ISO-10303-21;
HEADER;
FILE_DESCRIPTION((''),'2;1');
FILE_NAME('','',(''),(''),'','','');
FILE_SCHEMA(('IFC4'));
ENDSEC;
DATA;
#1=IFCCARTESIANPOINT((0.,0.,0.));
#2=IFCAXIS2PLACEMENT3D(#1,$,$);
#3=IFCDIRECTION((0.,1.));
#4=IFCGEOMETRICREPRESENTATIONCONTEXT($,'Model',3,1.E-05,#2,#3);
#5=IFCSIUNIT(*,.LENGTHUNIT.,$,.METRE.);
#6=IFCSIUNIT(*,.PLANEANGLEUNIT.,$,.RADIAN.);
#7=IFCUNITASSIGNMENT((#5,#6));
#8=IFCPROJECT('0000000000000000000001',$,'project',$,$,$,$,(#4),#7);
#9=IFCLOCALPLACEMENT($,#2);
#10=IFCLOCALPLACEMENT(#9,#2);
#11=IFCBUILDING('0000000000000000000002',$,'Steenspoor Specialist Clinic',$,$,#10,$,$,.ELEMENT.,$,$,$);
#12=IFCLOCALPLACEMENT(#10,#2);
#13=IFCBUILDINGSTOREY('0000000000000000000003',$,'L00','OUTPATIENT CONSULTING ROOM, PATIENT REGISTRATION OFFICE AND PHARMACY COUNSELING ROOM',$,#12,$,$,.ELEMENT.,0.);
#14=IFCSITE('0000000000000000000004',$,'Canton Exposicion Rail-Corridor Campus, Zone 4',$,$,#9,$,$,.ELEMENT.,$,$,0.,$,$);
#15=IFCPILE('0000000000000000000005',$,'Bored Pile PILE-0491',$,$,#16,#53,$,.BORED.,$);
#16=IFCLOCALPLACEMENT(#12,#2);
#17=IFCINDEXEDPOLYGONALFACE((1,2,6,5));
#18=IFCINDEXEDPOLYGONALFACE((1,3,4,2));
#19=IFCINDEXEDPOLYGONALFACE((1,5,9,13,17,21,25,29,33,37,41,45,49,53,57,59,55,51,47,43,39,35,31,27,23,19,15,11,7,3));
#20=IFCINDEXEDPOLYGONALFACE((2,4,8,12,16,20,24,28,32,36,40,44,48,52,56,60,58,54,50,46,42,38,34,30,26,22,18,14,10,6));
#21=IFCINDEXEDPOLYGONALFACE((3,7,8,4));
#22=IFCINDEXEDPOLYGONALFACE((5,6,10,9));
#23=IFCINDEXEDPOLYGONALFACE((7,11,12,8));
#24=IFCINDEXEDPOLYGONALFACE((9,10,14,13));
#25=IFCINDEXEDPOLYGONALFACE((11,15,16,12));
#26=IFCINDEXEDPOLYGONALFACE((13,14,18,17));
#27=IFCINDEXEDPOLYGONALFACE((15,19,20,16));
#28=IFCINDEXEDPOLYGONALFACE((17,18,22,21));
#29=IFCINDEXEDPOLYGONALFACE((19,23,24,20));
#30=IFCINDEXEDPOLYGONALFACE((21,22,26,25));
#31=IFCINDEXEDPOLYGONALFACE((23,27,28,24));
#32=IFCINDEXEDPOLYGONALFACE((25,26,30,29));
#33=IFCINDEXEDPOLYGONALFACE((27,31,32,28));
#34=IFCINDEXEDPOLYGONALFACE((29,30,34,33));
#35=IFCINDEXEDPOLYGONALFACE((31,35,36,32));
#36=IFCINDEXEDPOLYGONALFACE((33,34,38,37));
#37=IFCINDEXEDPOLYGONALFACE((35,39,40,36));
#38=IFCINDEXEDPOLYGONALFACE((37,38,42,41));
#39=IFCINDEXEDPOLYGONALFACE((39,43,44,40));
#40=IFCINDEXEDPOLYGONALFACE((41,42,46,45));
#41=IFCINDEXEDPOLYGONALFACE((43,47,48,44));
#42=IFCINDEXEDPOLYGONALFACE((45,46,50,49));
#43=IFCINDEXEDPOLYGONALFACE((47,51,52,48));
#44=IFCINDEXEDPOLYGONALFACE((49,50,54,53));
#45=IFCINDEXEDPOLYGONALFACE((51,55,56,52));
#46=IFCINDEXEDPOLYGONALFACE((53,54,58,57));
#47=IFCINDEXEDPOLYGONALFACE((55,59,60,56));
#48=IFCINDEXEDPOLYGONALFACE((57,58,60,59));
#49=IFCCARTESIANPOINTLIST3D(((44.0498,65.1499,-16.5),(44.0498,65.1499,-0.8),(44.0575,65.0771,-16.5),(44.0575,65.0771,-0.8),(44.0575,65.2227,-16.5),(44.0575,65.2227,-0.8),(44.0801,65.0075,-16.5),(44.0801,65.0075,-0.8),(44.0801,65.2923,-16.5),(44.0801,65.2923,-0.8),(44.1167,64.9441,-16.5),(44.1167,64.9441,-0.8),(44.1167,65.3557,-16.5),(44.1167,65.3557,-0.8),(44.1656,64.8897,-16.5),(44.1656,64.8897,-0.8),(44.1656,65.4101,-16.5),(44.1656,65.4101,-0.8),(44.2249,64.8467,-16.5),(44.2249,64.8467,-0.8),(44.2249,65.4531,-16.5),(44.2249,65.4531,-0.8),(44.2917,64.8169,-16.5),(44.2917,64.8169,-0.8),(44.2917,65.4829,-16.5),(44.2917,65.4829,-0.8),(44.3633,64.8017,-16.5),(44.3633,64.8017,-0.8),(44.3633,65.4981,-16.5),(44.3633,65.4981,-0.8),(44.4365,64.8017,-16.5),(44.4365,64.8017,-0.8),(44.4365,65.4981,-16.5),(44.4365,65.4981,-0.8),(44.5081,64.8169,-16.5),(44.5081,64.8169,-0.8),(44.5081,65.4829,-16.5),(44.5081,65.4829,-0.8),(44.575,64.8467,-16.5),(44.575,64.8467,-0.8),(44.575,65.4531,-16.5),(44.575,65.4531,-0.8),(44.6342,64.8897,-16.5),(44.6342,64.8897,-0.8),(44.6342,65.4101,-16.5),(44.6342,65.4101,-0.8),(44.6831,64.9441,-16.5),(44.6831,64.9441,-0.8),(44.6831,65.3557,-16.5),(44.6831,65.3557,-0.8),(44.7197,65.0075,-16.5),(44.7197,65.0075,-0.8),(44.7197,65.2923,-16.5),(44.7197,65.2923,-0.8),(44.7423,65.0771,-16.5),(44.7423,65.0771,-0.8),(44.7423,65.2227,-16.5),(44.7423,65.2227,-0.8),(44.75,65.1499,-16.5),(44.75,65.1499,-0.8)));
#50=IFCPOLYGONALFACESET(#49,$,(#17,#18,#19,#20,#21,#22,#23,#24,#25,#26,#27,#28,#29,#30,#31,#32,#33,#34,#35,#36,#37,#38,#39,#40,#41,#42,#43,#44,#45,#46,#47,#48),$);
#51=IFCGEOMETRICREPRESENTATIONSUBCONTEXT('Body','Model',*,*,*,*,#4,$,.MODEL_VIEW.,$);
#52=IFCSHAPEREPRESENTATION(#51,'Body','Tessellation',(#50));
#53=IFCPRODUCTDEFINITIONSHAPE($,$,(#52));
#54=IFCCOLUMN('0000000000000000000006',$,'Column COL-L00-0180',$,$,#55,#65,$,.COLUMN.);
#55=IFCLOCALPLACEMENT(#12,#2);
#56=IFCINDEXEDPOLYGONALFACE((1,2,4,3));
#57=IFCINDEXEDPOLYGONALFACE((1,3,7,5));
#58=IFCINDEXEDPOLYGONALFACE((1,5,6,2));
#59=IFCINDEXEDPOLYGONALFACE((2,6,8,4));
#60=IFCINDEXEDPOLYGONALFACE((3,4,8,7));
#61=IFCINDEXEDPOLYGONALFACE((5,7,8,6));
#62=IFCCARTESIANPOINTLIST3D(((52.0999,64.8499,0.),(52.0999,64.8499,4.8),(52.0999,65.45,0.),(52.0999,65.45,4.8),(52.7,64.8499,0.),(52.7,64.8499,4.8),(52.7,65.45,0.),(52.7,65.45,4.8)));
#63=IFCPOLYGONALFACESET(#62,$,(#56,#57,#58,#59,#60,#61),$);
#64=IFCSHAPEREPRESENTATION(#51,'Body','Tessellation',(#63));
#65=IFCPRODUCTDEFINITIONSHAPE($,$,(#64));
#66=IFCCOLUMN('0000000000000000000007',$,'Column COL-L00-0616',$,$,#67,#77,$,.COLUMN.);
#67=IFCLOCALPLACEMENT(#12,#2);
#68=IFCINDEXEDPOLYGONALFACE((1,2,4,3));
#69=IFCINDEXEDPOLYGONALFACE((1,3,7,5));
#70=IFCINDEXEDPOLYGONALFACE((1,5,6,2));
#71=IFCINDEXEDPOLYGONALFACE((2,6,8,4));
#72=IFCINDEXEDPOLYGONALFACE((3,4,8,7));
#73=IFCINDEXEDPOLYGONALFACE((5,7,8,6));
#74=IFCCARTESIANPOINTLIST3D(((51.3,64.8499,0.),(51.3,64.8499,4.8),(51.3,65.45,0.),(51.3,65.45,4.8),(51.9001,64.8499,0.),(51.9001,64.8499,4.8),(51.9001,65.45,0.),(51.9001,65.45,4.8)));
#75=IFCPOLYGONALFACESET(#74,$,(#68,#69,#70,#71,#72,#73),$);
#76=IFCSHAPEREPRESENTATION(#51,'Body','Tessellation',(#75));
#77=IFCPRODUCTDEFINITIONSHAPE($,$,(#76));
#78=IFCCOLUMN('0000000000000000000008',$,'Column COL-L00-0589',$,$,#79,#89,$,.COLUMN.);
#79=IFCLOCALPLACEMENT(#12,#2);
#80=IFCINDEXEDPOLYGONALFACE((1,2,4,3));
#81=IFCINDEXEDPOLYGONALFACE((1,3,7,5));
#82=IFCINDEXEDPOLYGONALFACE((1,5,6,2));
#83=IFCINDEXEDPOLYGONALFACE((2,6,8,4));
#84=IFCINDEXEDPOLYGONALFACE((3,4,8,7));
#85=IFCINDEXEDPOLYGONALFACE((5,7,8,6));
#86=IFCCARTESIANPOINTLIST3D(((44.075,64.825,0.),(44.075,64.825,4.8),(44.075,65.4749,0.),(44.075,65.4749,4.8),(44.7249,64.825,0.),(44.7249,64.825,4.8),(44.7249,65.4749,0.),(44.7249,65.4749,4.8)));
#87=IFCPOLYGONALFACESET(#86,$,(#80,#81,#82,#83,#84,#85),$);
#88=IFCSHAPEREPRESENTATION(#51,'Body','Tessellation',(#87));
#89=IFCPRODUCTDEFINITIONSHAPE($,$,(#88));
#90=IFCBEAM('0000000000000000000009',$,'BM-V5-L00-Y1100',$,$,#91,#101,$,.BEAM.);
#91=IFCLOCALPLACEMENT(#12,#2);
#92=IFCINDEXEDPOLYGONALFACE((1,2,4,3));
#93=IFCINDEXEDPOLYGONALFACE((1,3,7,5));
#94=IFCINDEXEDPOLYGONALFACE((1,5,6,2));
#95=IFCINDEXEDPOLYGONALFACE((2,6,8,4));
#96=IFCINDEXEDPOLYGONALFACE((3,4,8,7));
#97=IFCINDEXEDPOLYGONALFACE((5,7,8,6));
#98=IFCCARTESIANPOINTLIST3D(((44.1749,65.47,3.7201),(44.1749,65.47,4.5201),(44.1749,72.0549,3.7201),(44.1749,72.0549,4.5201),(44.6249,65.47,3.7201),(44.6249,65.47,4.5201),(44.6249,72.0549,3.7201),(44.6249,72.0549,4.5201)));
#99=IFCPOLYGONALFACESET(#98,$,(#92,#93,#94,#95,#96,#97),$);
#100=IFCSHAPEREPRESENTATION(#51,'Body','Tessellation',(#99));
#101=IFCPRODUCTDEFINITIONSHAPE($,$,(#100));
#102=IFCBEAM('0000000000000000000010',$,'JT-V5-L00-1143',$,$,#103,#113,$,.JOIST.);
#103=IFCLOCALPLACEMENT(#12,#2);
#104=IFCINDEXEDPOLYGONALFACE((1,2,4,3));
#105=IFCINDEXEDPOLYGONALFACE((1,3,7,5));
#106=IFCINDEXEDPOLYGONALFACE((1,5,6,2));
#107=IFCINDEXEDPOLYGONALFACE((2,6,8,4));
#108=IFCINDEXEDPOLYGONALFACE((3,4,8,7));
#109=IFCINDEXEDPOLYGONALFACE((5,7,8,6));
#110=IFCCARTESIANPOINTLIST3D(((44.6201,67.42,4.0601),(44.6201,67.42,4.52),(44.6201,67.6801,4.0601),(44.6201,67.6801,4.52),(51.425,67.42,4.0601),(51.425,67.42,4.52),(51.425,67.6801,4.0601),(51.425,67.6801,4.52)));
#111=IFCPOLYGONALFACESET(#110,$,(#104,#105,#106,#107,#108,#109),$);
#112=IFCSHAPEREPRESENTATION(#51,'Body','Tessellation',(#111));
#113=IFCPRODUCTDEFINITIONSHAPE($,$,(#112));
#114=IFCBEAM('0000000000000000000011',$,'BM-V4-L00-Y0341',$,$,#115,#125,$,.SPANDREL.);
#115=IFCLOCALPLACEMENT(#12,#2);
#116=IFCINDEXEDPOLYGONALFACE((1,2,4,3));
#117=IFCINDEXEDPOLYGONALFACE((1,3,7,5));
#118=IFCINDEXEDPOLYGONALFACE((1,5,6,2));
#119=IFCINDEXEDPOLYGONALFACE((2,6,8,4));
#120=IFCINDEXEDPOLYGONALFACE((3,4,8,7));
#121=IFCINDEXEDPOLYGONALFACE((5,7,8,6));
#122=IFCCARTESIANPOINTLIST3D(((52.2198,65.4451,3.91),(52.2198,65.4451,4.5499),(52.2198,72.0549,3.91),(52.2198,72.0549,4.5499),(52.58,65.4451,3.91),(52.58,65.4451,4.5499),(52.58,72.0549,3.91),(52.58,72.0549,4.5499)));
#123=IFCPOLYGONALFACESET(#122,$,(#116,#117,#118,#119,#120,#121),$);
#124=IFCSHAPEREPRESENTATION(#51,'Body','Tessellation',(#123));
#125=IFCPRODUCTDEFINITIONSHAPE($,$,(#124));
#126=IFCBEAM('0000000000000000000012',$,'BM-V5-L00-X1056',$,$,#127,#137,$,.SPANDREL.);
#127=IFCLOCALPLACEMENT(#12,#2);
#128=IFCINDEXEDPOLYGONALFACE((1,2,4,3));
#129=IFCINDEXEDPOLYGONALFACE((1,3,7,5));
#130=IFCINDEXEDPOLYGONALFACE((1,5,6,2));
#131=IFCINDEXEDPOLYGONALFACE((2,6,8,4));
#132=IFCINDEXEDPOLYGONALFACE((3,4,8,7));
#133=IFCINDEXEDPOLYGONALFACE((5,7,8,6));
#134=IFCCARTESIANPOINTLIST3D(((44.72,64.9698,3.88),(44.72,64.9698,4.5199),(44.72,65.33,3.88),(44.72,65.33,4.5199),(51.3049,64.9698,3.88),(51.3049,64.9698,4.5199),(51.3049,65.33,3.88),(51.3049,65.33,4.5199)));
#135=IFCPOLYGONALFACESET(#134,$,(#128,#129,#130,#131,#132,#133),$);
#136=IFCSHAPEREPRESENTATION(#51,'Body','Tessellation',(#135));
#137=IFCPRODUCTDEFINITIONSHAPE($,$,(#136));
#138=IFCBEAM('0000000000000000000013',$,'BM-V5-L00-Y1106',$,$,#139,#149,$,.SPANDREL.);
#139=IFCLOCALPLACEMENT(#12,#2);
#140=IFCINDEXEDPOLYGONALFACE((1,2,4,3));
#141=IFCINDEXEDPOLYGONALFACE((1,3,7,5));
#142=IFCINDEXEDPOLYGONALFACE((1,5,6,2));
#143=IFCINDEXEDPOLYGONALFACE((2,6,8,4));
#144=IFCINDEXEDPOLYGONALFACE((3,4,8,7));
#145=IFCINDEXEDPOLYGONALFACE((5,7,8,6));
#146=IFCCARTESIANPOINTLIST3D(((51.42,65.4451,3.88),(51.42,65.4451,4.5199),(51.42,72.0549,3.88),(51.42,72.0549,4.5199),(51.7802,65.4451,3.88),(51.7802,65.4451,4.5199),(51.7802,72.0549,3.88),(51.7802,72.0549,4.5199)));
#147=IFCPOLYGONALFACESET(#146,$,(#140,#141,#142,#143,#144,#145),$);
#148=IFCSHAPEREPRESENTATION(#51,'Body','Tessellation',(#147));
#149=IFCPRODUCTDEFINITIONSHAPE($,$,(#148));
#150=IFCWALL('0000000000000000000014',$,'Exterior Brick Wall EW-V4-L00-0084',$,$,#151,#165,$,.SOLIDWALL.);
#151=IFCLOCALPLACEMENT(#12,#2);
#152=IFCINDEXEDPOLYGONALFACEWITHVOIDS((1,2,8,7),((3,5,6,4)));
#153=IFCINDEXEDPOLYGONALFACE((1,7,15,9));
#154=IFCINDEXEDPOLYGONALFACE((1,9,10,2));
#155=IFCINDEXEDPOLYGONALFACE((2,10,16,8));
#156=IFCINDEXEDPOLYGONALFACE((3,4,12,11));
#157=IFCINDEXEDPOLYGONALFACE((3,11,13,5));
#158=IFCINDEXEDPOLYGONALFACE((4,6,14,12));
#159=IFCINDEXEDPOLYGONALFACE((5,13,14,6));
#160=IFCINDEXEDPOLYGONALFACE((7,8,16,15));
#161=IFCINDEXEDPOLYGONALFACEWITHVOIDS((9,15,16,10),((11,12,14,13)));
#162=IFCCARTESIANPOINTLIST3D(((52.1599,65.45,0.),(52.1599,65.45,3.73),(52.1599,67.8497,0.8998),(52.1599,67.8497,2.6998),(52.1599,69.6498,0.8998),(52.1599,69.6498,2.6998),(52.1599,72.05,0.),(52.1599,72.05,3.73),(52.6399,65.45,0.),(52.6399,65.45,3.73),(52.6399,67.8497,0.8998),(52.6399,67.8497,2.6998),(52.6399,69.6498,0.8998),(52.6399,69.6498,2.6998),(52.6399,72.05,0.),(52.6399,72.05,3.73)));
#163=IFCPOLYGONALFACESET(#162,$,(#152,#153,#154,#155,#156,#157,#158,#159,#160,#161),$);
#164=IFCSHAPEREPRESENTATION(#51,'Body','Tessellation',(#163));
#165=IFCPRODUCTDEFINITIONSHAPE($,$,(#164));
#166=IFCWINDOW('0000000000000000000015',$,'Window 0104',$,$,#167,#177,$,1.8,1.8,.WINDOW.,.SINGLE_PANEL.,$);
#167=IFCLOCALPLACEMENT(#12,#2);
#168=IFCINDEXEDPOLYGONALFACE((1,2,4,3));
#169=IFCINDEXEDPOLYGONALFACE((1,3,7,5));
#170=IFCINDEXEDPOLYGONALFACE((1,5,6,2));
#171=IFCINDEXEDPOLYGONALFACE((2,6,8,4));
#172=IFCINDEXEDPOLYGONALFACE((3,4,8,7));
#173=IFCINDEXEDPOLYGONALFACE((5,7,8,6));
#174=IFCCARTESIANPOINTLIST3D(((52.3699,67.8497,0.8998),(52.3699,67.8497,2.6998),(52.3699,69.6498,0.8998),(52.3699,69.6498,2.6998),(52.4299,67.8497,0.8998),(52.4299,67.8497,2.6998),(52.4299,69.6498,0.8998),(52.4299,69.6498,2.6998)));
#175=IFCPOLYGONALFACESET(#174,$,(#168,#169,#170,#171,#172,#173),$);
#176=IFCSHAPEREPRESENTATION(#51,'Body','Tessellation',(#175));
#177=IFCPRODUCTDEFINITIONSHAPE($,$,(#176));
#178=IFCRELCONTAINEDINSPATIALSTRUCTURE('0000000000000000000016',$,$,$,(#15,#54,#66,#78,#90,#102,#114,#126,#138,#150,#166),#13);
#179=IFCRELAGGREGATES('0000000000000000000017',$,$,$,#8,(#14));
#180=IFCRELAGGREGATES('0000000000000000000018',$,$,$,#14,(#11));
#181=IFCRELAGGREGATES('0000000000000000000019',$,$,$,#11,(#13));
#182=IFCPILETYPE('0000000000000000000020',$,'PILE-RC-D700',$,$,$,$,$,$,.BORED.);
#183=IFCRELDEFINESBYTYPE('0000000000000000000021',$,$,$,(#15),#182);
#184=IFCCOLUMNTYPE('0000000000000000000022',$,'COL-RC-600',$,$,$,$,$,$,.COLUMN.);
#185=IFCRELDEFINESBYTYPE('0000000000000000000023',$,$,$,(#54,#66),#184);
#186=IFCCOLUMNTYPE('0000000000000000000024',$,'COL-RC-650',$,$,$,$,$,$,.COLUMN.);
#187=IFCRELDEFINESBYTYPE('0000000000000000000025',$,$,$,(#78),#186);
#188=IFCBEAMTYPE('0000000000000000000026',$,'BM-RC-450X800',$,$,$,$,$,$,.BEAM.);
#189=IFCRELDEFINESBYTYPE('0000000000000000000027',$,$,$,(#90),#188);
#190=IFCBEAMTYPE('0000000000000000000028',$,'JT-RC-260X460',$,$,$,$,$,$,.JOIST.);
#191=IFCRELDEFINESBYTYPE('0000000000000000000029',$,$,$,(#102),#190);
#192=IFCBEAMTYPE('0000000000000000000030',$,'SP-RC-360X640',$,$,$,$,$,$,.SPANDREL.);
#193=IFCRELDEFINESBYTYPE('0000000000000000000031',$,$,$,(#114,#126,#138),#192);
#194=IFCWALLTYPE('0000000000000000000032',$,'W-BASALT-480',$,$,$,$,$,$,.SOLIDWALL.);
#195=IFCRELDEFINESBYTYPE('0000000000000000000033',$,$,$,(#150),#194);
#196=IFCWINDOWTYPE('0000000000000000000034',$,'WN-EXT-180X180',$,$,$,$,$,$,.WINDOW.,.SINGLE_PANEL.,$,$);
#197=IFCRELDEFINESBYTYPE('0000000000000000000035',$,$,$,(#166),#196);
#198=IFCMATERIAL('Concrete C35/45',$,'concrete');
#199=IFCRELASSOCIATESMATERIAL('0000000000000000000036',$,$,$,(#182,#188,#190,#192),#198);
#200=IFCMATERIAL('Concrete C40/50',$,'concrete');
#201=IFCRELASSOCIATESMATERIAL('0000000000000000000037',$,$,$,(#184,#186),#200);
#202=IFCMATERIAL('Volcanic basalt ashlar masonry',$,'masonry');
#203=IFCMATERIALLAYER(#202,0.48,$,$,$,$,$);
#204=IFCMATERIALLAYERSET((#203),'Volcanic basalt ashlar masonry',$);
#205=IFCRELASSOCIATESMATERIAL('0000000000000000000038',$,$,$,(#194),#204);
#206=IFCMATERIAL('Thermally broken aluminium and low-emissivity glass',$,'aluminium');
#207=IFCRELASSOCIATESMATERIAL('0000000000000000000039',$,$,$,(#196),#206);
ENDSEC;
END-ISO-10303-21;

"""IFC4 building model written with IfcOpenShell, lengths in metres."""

from ifc_helpers import new_model, si_unit, direction, frame, frame_2d, origin, origin_2d, place, context, subcontext, project, spatial, rectangle, circle, extrude, material, layer, layer_set, material_profile, profile_set, type_object, element, fill, save


model = new_model("IFC4")

# Units and contexts
model_context = context("Model", 3, precision=1e-05, world=origin(), true_north=direction((0.0, 1.0)))
body_context = subcontext(model_context, "Body", "Model", "MODEL_VIEW")
ifc_project = project(units=[si_unit("LENGTHUNIT", "METRE"), si_unit("PLANEANGLEUNIT", "RADIAN")], contexts=[model_context])

# Site, building, storey
site_placement = place(None, origin())
site = spatial("IfcSite", under=ifc_project, at=site_placement, Name="Canton Exposicion Rail-Corridor Campus, Zone 4", CompositionType="ELEMENT", RefElevation=0.0)
building_placement = place(site_placement, origin())
building = spatial("IfcBuilding", under=site, at=building_placement, Name="Steenspoor Specialist Clinic", CompositionType="ELEMENT")
storey_placement = place(building_placement, origin())
storey = spatial("IfcBuildingStorey", under=building, at=storey_placement, Name="L00", Description="OUTPATIENT CONSULTING ROOM, PATIENT REGISTRATION OFFICE AND PHARMACY COUNSELING ROOM", CompositionType="ELEMENT", Elevation=0.0)

# Shared definitions
ifc_material_1 = material(Name="Concrete C35/45", Category="concrete")

# Pile
ifc_material_profile_1 = material_profile(ifc_material_1, circle(Radius=0.3501, at=origin_2d()), Name="PILE-D700")
ifc_profile_set_1 = profile_set([ifc_material_profile_1], Name="Concrete C35/45")
pile_type_1 = type_object("IfcPileType", Name="PILE-RC-D700", PredefinedType="BORED", material=ifc_profile_set_1)
pile_placement = place(storey_placement, frame((44.3999, 65.1499, -0.8), z_axis=(0.0, 0.0, -1.0), x_axis=(1.0, 0.0, 0.0)))
element("IfcPile", 1, at=pile_placement, inside=storey, type_object=pile_type_1, Name="Bored Pile PILE-0491", PredefinedType="BORED", context=body_context, shape_type="SweptSolid", body=[
    extrude(circle(Radius=0.3501, at=origin_2d()), origin(), (0.0, 0.0, 1.0), 15.7),
])

# Columns
ifc_material_2 = material(Name="Concrete C40/50", Category="concrete")
ifc_material_profile_2 = material_profile(ifc_material_2, rectangle(XDim=0.6001, YDim=0.6001, at=origin_2d()), Name="RC-COL-600X600")
ifc_profile_set_2 = profile_set([ifc_material_profile_2], Name="Concrete C40/50")
column_type_1 = type_object("IfcColumnType", Name="COL-RC-600", PredefinedType="COLUMN", material=ifc_profile_set_2)
for number, where, z_axis, x_axis, name in (
    (2, (52.3999, 65.1499, 0.0), (0.0, 0.0, 1.0), (1.0, 0.0, 0.0), "Column COL-L00-0180"),
    (3, (51.6001, 65.1499, 0.0), (0.0, 0.0, 1.0), (1.0, 0.0, 0.0), "Column COL-L00-0616"),
):
    element("IfcColumn", number, at=place(storey_placement, frame(where, z_axis=z_axis, x_axis=x_axis)), inside=storey, type_object=column_type_1, Name=name, PredefinedType="COLUMN", context=body_context, shape_type="SweptSolid", body=[
        extrude(rectangle(XDim=0.6001, YDim=0.6001, at=origin_2d()), origin(), (0.0, 0.0, 1.0), 4.8),
    ])
ifc_material_profile_3 = material_profile(ifc_material_2, rectangle(XDim=0.6499, YDim=0.6499, at=origin_2d()), Name="RC-COL-650X650")
ifc_profile_set_3 = profile_set([ifc_material_profile_3], Name="Concrete C40/50")
column_type_2 = type_object("IfcColumnType", Name="COL-RC-650", PredefinedType="COLUMN", material=ifc_profile_set_3)
column_placement = place(storey_placement, frame((44.3999, 65.1499, 0.0), z_axis=(0.0, 0.0, 1.0), x_axis=(1.0, 0.0, 0.0)))
element("IfcColumn", 4, at=column_placement, inside=storey, type_object=column_type_2, Name="Column COL-L00-0589", PredefinedType="COLUMN", context=body_context, shape_type="SweptSolid", body=[
    extrude(rectangle(XDim=0.6499, YDim=0.6499, at=origin_2d()), origin(), (0.0, 0.0, 1.0), 4.8),
])

# Beams
ifc_material_profile_4 = material_profile(ifc_material_1, rectangle(XDim=0.45, YDim=0.8, at=origin_2d()), Name="RC-BM-450X800")
ifc_profile_set_4 = profile_set([ifc_material_profile_4], Name="Concrete C35/45")
beam_type_1 = type_object("IfcBeamType", Name="BM-RC-450X800", PredefinedType="BEAM", material=ifc_profile_set_4)
beam_1_placement = place(storey_placement, frame((44.3999, 65.47, 4.1201), z_axis=(0.0, 1.0, 0.0), x_axis=(-1.0, 0.0, 0.0)))
element("IfcBeam", 5, at=beam_1_placement, inside=storey, type_object=beam_type_1, Name="BM-V5-L00-Y1100", PredefinedType="BEAM", context=body_context, shape_type="SweptSolid", body=[
    extrude(rectangle(XDim=0.45, YDim=0.8, at=origin_2d()), origin(), (0.0, 0.0, 1.0), 6.585),
])
ifc_material_profile_5 = material_profile(ifc_material_1, rectangle(XDim=0.26, YDim=0.46, at=origin_2d()), Name="RC-JT-260X460")
ifc_profile_set_5 = profile_set([ifc_material_profile_5], Name="Concrete C35/45")
beam_type_2 = type_object("IfcBeamType", Name="JT-RC-260X460", PredefinedType="JOIST", material=ifc_profile_set_5)
beam_2_placement = place(storey_placement, frame((44.6201, 67.55, 4.29), z_axis=(1.0, 0.0, 0.0), x_axis=(0.0, 1.0, 0.0)))
element("IfcBeam", 6, at=beam_2_placement, inside=storey, type_object=beam_type_2, Name="JT-V5-L00-1143", PredefinedType="JOIST", context=body_context, shape_type="SweptSolid", body=[
    extrude(rectangle(XDim=0.26, YDim=0.46, at=origin_2d()), origin(), (0.0, 0.0, 1.0), 6.8049),
])
ifc_material_profile_6 = material_profile(ifc_material_1, rectangle(XDim=0.3601, YDim=0.6399, at=origin_2d()), Name="RC-SP-360X640")
ifc_profile_set_6 = profile_set([ifc_material_profile_6], Name="Concrete C35/45")
beam_type_3 = type_object("IfcBeamType", Name="SP-RC-360X640", PredefinedType="SPANDREL", material=ifc_profile_set_6)
beam_3_placement = place(storey_placement, frame((52.3999, 65.4451, 4.23), z_axis=(0.0, 1.0, 0.0), x_axis=(-1.0, 0.0, 0.0)))
element("IfcBeam", 7, at=beam_3_placement, inside=storey, type_object=beam_type_3, Name="BM-V4-L00-Y0341", PredefinedType="SPANDREL", context=body_context, shape_type="SweptSolid", body=[
    extrude(rectangle(XDim=0.3601, YDim=0.6399, at=origin_2d()), origin(), (0.0, 0.0, 1.0), 6.6099),
])
beam_4_placement = place(storey_placement, frame((44.72, 65.1499, 4.2), z_axis=(1.0, 0.0, 0.0), x_axis=(0.0, 1.0, 0.0)))
element("IfcBeam", 8, at=beam_4_placement, inside=storey, type_object=beam_type_3, Name="BM-V5-L00-X1056", PredefinedType="SPANDREL", context=body_context, shape_type="SweptSolid", body=[
    extrude(rectangle(XDim=0.3601, YDim=0.6399, at=origin_2d()), origin(), (0.0, 0.0, 1.0), 6.585),
])
beam_5_placement = place(storey_placement, frame((51.6001, 65.4451, 4.2), z_axis=(0.0, 1.0, 0.0), x_axis=(-1.0, 0.0, 0.0)))
element("IfcBeam", 9, at=beam_5_placement, inside=storey, type_object=beam_type_3, Name="BM-V5-L00-Y1106", PredefinedType="SPANDREL", context=body_context, shape_type="SweptSolid", body=[
    extrude(rectangle(XDim=0.3601, YDim=0.6399, at=origin_2d()), origin(), (0.0, 0.0, 1.0), 6.6099),
])

# Wall, opening, window
ifc_material_3 = material(Name="Volcanic basalt ashlar masonry", Category="masonry")
ifc_layer_1 = layer(ifc_material_3, 0.48)
ifc_layer_set_1 = layer_set([ifc_layer_1], Name="Volcanic basalt ashlar masonry")
wall_type_1 = type_object("IfcWallType", Name="W-BASALT-480", PredefinedType="SOLIDWALL", material=ifc_layer_set_1)
wall_1_placement = place(storey_placement, frame((52.3999, 65.45, 0.0), z_axis=(0.0, 0.0, 1.0), x_axis=(0.0, 1.0, 0.0)))
wall_1 = element("IfcWall", 10, at=wall_1_placement, inside=storey, type_object=wall_type_1, Name="Exterior Brick Wall EW-V4-L00-0084", PredefinedType="SOLIDWALL", context=body_context, shape_type="SweptSolid", body=[
    extrude(rectangle(XDim=6.6001, YDim=0.48, at=frame_2d((3.3, 0.0))), origin(), (0.0, 0.0, 1.0), 3.73),
])
opening_1_placement = place(wall_1_placement, frame((2.3999, 0.0, 0.8999)))
opening_1 = element("IfcOpeningElement", 11, at=opening_1_placement, cuts=wall_1, PredefinedType="OPENING", context=body_context, shape_type="SweptSolid", body=[
    extrude(rectangle(XDim=1.8, YDim=1.8, at=frame_2d((0.8999, 0.8999))), frame((0.0, 0.25, 0.0), z_axis=(0.0, -1.0, 0.0), x_axis=(1.0, 0.0, 0.0)), (0.0, 0.0, 1.0), 0.5),
])
ifc_material_4 = material(Name="Thermally broken aluminium and low-emissivity glass", Category="aluminium")
window_type_1 = type_object("IfcWindowType", Name="WN-EXT-180X180", PartitioningType="SINGLE_PANEL", PredefinedType="WINDOW", material=ifc_material_4)
window_1_placement = place(opening_1_placement, origin())
window_1 = element("IfcWindow", 12, at=window_1_placement, inside=storey, type_object=window_type_1, Name="Window 0104", OverallHeight=1.8, OverallWidth=1.8, PartitioningType="SINGLE_PANEL", PredefinedType="WINDOW", context=body_context, shape_type="SweptSolid", body=[
    extrude(rectangle(XDim=1.8, YDim=1.8, at=frame_2d((0.8999, 0.8999))), frame((0.0, 0.03, 0.0), z_axis=(0.0, -1.0, 0.0), x_axis=(1.0, 0.0, 0.0)), (0.0, 0.0, 1.0), 0.0601),
])
fill(opening_1, window_1)

save(model, "model.ifc")
